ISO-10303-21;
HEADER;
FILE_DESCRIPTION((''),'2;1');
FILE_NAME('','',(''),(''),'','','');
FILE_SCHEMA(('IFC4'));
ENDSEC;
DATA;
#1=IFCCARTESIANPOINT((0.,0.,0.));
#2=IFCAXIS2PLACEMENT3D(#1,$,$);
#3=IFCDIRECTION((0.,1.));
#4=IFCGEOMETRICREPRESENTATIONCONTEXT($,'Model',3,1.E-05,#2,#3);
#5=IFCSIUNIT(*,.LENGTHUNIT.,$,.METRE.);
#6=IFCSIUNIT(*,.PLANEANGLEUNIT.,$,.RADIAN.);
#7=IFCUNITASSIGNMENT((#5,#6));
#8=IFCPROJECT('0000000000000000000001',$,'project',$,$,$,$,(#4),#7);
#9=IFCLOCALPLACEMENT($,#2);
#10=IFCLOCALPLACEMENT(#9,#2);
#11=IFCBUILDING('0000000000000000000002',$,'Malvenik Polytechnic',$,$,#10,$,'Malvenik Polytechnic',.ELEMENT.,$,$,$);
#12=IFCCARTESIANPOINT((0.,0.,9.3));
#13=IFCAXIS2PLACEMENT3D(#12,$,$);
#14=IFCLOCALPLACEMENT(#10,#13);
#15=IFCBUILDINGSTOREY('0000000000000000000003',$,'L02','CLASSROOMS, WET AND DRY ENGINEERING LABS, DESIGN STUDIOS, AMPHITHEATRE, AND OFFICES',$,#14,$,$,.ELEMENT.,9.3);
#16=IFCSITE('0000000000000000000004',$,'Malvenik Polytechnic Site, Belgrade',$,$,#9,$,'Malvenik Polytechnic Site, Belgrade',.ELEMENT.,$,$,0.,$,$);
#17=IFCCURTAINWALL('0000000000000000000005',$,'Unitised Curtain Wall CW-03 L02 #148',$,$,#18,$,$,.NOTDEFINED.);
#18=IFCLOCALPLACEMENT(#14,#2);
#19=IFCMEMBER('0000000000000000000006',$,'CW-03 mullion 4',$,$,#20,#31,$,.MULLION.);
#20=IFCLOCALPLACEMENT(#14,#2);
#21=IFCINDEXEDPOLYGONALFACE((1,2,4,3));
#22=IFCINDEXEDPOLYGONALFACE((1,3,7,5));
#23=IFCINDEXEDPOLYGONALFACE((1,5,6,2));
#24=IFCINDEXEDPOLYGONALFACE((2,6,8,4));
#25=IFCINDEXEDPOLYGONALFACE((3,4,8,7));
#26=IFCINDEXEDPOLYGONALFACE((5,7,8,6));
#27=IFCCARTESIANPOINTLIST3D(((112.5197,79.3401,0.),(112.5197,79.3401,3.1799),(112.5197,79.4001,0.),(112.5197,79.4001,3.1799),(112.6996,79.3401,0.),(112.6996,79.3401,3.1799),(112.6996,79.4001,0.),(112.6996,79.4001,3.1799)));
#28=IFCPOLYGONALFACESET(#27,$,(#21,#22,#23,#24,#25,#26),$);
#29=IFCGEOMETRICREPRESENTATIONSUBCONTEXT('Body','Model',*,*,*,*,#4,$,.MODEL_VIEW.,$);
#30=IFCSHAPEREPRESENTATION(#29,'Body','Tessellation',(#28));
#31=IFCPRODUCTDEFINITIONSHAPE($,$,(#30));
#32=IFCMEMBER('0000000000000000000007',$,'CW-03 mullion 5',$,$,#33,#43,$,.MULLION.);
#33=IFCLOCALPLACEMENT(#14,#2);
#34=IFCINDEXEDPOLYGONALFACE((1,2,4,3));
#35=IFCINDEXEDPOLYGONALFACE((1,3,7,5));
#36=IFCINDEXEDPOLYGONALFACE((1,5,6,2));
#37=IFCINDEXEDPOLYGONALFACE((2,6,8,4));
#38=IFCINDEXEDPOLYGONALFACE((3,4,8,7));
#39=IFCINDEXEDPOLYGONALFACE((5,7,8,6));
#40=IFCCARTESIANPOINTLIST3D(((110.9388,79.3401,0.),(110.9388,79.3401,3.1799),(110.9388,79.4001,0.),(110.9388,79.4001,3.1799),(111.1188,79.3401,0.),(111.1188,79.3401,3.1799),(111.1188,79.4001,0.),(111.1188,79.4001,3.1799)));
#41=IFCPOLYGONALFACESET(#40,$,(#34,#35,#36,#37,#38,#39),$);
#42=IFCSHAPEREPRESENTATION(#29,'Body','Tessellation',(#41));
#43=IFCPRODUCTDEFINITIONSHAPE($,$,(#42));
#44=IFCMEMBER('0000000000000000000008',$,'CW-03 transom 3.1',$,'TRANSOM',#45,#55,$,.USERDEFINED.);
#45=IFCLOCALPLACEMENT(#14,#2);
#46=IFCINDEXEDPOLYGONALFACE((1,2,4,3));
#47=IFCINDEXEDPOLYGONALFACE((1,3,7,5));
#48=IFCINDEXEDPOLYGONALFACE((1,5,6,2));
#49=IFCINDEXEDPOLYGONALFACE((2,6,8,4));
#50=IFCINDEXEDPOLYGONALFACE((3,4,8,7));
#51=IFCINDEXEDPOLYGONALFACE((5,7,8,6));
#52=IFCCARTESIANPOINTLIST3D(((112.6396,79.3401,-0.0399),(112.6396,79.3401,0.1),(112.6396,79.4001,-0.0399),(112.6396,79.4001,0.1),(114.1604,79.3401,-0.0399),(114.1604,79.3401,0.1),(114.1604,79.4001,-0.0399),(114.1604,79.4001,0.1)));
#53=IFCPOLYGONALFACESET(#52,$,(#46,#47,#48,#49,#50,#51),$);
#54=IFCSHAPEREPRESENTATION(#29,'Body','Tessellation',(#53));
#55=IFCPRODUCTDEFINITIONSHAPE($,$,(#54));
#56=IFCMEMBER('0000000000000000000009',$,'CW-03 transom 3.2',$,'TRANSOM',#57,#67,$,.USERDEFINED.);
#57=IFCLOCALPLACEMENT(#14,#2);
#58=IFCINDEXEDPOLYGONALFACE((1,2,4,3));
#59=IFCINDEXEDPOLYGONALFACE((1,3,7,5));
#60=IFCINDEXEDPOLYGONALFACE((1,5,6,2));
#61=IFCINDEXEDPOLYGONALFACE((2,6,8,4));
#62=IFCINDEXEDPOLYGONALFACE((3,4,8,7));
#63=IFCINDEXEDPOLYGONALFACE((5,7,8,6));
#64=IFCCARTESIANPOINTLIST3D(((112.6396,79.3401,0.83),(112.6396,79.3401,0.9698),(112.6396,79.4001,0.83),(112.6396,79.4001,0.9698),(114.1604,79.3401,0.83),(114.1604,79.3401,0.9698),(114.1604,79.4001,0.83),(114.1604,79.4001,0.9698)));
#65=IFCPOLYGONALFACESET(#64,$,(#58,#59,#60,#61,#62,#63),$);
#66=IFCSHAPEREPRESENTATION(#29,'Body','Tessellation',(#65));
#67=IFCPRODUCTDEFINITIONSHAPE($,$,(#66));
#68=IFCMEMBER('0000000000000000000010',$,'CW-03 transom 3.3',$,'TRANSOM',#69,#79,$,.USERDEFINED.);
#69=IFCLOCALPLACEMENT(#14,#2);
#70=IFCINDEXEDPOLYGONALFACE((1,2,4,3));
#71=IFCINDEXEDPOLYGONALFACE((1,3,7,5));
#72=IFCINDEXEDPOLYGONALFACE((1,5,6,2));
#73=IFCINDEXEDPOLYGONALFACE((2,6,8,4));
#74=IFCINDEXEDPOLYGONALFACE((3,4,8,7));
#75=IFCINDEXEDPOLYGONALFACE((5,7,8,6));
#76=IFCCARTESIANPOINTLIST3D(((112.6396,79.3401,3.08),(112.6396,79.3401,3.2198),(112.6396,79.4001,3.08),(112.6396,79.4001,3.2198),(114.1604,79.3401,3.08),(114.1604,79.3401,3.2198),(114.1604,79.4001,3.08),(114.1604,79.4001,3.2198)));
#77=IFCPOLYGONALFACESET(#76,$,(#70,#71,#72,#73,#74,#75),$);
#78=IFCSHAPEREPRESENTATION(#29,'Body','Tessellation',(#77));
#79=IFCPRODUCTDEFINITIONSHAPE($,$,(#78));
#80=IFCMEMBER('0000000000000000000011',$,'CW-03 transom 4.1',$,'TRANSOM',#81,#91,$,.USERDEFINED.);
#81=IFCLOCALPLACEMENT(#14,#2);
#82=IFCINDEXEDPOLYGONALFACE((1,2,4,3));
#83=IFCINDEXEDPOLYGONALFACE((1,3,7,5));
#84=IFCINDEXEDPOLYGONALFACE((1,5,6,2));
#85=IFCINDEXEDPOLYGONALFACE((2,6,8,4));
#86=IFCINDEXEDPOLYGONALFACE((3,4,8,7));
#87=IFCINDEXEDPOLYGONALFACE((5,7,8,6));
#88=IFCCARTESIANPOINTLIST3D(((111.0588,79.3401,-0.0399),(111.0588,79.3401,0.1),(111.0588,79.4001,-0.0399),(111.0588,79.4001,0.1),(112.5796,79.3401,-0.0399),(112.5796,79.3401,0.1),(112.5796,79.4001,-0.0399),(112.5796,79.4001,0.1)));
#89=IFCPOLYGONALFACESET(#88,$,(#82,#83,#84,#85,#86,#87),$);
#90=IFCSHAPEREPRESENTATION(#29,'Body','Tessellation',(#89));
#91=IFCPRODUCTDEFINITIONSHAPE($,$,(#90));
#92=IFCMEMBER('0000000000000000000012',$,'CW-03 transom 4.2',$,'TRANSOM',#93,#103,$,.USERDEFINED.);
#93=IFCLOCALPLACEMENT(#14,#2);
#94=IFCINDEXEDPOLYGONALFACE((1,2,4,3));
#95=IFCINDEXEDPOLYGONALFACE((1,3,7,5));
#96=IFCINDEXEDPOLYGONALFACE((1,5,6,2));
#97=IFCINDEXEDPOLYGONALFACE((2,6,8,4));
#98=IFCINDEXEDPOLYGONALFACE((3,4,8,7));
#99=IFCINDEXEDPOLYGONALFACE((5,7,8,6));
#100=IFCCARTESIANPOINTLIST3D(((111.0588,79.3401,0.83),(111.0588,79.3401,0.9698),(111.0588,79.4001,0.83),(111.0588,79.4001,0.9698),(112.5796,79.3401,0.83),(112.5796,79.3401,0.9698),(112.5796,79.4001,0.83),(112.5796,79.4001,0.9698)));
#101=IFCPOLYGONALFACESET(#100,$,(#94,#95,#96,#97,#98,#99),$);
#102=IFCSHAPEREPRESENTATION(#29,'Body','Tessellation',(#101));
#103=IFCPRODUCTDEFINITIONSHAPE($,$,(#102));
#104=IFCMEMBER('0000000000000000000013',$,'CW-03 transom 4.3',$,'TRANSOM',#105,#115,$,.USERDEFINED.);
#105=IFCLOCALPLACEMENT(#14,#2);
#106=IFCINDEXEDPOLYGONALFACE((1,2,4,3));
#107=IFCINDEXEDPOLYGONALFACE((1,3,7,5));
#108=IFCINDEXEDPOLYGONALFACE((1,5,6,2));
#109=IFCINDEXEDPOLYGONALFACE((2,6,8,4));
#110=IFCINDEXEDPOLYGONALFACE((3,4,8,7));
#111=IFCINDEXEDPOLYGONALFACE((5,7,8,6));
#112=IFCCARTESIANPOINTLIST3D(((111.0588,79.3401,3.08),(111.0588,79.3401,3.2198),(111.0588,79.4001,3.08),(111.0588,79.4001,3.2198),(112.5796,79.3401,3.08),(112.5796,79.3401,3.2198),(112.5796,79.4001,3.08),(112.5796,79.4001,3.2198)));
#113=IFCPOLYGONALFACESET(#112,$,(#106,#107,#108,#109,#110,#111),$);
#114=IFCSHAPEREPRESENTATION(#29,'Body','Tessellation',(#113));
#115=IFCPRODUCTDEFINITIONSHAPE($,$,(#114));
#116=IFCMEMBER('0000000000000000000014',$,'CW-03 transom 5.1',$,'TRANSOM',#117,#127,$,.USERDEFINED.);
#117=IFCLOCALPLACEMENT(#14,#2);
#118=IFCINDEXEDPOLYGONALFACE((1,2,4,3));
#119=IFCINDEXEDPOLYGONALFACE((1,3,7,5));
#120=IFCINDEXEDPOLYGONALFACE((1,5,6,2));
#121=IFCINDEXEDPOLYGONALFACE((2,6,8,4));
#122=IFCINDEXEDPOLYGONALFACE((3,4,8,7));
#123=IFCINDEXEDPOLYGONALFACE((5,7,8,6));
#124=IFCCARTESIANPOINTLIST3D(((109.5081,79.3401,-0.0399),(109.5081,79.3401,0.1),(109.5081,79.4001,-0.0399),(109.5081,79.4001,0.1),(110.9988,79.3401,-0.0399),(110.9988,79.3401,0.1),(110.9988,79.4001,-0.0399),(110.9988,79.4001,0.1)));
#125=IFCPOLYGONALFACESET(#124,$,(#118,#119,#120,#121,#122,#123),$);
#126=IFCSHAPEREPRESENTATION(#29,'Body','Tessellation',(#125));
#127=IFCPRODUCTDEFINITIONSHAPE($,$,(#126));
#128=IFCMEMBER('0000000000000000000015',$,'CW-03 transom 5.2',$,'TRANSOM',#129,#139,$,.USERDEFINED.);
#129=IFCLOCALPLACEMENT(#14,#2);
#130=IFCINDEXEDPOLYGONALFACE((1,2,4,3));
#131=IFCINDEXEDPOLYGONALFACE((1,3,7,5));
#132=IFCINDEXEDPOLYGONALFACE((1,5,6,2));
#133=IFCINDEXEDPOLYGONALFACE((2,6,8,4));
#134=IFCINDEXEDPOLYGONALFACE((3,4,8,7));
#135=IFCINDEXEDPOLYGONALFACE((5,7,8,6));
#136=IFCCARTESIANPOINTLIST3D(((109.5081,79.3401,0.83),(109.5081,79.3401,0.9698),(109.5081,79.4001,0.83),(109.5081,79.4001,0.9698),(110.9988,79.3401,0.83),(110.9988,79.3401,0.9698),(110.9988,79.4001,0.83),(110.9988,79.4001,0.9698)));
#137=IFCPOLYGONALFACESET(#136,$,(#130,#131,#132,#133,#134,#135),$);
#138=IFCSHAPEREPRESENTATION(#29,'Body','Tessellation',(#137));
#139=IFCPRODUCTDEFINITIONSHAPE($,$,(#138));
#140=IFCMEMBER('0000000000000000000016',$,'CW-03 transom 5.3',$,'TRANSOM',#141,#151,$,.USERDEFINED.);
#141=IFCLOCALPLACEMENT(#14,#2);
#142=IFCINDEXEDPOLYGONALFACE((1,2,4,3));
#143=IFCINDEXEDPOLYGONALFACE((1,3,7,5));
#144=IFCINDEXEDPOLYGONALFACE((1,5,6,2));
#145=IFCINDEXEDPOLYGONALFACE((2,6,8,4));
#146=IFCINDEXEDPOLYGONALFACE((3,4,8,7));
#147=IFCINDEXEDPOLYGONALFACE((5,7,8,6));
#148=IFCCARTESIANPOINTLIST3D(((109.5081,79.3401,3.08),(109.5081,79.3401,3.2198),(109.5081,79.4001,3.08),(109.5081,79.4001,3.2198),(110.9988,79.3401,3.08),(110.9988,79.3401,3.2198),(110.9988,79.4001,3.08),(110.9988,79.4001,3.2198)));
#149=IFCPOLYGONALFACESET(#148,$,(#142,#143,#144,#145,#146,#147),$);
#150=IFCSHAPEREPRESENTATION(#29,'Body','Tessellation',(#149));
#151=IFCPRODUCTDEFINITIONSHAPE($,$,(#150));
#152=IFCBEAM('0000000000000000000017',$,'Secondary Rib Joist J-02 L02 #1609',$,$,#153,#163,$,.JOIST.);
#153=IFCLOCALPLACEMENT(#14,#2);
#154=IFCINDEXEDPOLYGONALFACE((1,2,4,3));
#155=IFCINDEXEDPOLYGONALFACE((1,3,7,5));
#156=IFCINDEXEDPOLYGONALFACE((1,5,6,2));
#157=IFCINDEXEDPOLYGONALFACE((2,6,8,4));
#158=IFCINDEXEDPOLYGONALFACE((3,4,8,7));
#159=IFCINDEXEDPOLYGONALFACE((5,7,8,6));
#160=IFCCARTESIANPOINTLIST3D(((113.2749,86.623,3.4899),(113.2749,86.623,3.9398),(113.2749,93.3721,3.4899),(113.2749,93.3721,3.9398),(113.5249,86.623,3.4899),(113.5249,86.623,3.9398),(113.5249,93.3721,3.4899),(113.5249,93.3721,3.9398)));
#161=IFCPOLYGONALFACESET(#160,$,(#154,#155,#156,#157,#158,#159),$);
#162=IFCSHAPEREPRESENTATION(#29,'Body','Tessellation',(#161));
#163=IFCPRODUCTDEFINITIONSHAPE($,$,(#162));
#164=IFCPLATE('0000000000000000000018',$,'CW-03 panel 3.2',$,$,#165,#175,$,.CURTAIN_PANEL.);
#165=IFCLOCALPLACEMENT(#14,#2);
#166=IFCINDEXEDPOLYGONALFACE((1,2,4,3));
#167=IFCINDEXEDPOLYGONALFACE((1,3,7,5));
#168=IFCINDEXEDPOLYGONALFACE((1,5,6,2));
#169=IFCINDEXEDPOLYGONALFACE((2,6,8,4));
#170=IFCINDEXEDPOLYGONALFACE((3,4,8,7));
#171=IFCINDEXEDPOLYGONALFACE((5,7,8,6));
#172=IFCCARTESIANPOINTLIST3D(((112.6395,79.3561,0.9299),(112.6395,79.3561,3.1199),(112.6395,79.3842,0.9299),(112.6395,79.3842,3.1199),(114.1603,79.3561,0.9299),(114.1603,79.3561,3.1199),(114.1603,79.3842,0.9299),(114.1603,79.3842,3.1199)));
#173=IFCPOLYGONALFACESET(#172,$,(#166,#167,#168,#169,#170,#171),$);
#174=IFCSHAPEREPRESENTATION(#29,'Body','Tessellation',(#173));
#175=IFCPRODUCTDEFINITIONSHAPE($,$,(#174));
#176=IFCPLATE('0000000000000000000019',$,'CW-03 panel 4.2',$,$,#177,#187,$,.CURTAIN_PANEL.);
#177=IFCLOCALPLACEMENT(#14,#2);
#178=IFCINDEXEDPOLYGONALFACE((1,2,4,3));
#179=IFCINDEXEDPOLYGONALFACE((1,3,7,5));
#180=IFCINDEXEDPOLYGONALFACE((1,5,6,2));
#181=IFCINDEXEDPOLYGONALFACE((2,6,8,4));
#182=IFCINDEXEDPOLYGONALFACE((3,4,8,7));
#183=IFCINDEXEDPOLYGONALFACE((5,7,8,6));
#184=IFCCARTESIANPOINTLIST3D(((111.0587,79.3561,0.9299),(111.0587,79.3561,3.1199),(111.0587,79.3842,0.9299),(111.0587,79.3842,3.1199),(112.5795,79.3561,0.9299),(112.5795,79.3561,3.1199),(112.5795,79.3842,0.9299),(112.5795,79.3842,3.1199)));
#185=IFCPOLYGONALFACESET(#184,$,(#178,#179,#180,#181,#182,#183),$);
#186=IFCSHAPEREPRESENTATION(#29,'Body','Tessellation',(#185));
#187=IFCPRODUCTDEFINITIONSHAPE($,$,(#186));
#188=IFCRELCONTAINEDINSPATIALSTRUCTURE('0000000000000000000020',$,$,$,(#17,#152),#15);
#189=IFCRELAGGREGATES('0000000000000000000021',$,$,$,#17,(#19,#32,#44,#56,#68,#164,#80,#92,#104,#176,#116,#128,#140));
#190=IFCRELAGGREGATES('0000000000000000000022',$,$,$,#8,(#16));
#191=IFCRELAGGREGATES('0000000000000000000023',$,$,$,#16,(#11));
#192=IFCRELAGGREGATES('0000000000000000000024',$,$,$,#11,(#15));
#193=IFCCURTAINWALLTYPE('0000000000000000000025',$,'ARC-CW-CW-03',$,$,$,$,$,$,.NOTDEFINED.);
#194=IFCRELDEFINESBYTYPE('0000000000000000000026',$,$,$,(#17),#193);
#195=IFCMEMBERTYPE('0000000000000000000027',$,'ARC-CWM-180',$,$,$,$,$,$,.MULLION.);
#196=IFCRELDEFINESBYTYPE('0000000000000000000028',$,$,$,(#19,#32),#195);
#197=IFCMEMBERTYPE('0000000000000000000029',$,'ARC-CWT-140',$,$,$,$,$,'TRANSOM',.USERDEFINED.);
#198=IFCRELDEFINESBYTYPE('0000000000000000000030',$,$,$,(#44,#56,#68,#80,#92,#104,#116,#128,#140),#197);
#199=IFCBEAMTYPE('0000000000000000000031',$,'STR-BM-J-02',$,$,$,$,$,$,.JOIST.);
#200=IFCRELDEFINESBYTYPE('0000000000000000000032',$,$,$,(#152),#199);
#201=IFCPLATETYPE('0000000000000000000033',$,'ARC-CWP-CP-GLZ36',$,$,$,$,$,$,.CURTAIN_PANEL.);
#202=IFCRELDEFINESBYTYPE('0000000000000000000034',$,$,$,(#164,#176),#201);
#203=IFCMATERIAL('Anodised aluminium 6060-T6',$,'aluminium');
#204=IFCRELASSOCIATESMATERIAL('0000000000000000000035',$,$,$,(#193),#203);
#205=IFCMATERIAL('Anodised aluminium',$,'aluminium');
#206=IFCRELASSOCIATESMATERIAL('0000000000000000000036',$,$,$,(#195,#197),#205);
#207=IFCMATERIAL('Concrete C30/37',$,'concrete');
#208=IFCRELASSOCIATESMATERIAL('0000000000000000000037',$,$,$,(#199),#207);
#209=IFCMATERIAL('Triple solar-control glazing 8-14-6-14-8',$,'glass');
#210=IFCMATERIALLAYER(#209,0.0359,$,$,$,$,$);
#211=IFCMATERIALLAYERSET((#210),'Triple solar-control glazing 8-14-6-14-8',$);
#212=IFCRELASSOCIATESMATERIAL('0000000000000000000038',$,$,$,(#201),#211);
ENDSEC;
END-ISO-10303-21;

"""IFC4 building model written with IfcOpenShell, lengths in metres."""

from ifc_helpers import new_model, si_unit, direction, frame, origin, origin_2d, place, context, subcontext, project, spatial, rectangle, extrude, material, layer, layer_set, material_profile, profile_set, type_object, element, aggregate, save


model = new_model("IFC4")

# Units and contexts
model_context = context("Model", 3, precision=1e-05, world=origin(), true_north=direction((0.0, 1.0)))
body_context = subcontext(model_context, "Body", "Model", "MODEL_VIEW")
ifc_project = project(units=[si_unit("LENGTHUNIT", "METRE"), si_unit("PLANEANGLEUNIT", "RADIAN")], contexts=[model_context])

# Site, building, storey
site_placement = place(None, origin())
site = spatial("IfcSite", under=ifc_project, at=site_placement, Name="Malvenik Polytechnic Site, Belgrade", LongName="Malvenik Polytechnic Site, Belgrade", CompositionType="ELEMENT", RefElevation=0.0)
building_placement = place(site_placement, origin())
building = spatial("IfcBuilding", under=site, at=building_placement, Name="Malvenik Polytechnic", LongName="Malvenik Polytechnic", CompositionType="ELEMENT")
storey_placement = place(building_placement, frame((0.0, 0.0, 9.3)))
storey = spatial("IfcBuildingStorey", under=building, at=storey_placement, Name="L02", Description="CLASSROOMS, WET AND DRY ENGINEERING LABS, DESIGN STUDIOS, AMPHITHEATRE, AND OFFICES", CompositionType="ELEMENT", Elevation=9.3)

# Curtain wall, members
ifc_material_1 = material(Name="Anodised aluminium 6060-T6", Category="aluminium")
curtain_wall_type = type_object("IfcCurtainWallType", Name="ARC-CW-CW-03", PredefinedType="NOTDEFINED", material=ifc_material_1)
curtain_wall_placement = place(storey_placement, origin())
curtain_wall = element("IfcCurtainWall", 1, at=curtain_wall_placement, inside=storey, type_object=curtain_wall_type, Name="Unitised Curtain Wall CW-03 L02 #148", PredefinedType="NOTDEFINED")
ifc_material_2 = material(Name="Anodised aluminium", Category="aluminium")
ifc_material_profile_1 = material_profile(ifc_material_2, rectangle(XDim=0.0601, YDim=0.1799, at=origin_2d()), Name="ALU MULLION 60x180")
ifc_profile_set_1 = profile_set([ifc_material_profile_1], Name="Anodised aluminium")
member_type_1 = type_object("IfcMemberType", Name="ARC-CWM-180", PredefinedType="MULLION", material=ifc_profile_set_1)
member_1_placement = place(storey_placement, frame((112.6096, 79.3701, 0.0), z_axis=(0.0, 0.0, 1.0), x_axis=(0.0, -1.0, 0.0)))
member_1 = element("IfcMember", 2, at=member_1_placement, type_object=member_type_1, Name="CW-03 mullion 4", PredefinedType="MULLION", context=body_context, shape_type="SweptSolid", body=[
    extrude(rectangle(XDim=0.0601, YDim=0.1799, at=origin_2d()), origin(), (0.0, 0.0, 1.0), 3.1799),
])
member_2_placement = place(storey_placement, frame((111.0288, 79.3701, 0.0), z_axis=(0.0, 0.0, 1.0), x_axis=(0.0, -1.0, 0.0)))
member_2 = element("IfcMember", 3, at=member_2_placement, type_object=member_type_1, Name="CW-03 mullion 5", PredefinedType="MULLION", context=body_context, shape_type="SweptSolid", body=[
    extrude(rectangle(XDim=0.0601, YDim=0.1799, at=origin_2d()), origin(), (0.0, 0.0, 1.0), 3.1799),
])
ifc_material_profile_2 = material_profile(ifc_material_2, rectangle(XDim=0.0601, YDim=0.1399, at=origin_2d()), Name="ALU TRANSOM 60x140")
ifc_profile_set_2 = profile_set([ifc_material_profile_2], Name="Anodised aluminium")
member_type_2 = type_object("IfcMemberType", Name="ARC-CWT-140", ElementType="TRANSOM", PredefinedType="USERDEFINED", material=ifc_profile_set_2)
member_3_placement = place(storey_placement, frame((114.1604, 79.3701, 0.03), z_axis=(-1.0, 0.0, 0.0), x_axis=(0.0, -1.0, 0.0)))
member_3 = element("IfcMember", 4, at=member_3_placement, type_object=member_type_2, Name="CW-03 transom 3.1", ObjectType="TRANSOM", PredefinedType="USERDEFINED", context=body_context, shape_type="SweptSolid", body=[
    extrude(rectangle(XDim=0.0601, YDim=0.1399, at=origin_2d()), origin(), (0.0, 0.0, 1.0), 1.5208),
])
member_4_placement = place(storey_placement, frame((114.1604, 79.3701, 0.8999), z_axis=(-1.0, 0.0, 0.0), x_axis=(0.0, -1.0, 0.0)))
member_4 = element("IfcMember", 5, at=member_4_placement, type_object=member_type_2, Name="CW-03 transom 3.2", ObjectType="TRANSOM", PredefinedType="USERDEFINED", context=body_context, shape_type="SweptSolid", body=[
    extrude(rectangle(XDim=0.0601, YDim=0.1399, at=origin_2d()), origin(), (0.0, 0.0, 1.0), 1.5208),
])
member_5_placement = place(storey_placement, frame((114.1604, 79.3701, 3.1499), z_axis=(-1.0, 0.0, 0.0), x_axis=(0.0, -1.0, 0.0)))
member_5 = element("IfcMember", 6, at=member_5_placement, type_object=member_type_2, Name="CW-03 transom 3.3", ObjectType="TRANSOM", PredefinedType="USERDEFINED", context=body_context, shape_type="SweptSolid", body=[
    extrude(rectangle(XDim=0.0601, YDim=0.1399, at=origin_2d()), origin(), (0.0, 0.0, 1.0), 1.5208),
])
member_6_placement = place(storey_placement, frame((112.5796, 79.3701, 0.03), z_axis=(-1.0, 0.0, 0.0), x_axis=(0.0, -1.0, 0.0)))
member_6 = element("IfcMember", 7, at=member_6_placement, type_object=member_type_2, Name="CW-03 transom 4.1", ObjectType="TRANSOM", PredefinedType="USERDEFINED", context=body_context, shape_type="SweptSolid", body=[
    extrude(rectangle(XDim=0.0601, YDim=0.1399, at=origin_2d()), origin(), (0.0, 0.0, 1.0), 1.5208),
])
member_7_placement = place(storey_placement, frame((112.5796, 79.3701, 0.8999), z_axis=(-1.0, 0.0, 0.0), x_axis=(0.0, -1.0, 0.0)))
member_7 = element("IfcMember", 8, at=member_7_placement, type_object=member_type_2, Name="CW-03 transom 4.2", ObjectType="TRANSOM", PredefinedType="USERDEFINED", context=body_context, shape_type="SweptSolid", body=[
    extrude(rectangle(XDim=0.0601, YDim=0.1399, at=origin_2d()), origin(), (0.0, 0.0, 1.0), 1.5208),
])
member_8_placement = place(storey_placement, frame((112.5796, 79.3701, 3.1499), z_axis=(-1.0, 0.0, 0.0), x_axis=(0.0, -1.0, 0.0)))
member_8 = element("IfcMember", 9, at=member_8_placement, type_object=member_type_2, Name="CW-03 transom 4.3", ObjectType="TRANSOM", PredefinedType="USERDEFINED", context=body_context, shape_type="SweptSolid", body=[
    extrude(rectangle(XDim=0.0601, YDim=0.1399, at=origin_2d()), origin(), (0.0, 0.0, 1.0), 1.5208),
])
member_9_placement = place(storey_placement, frame((110.9988, 79.3701, 0.03), z_axis=(-1.0, 0.0, 0.0), x_axis=(0.0, -1.0, 0.0)))
member_9 = element("IfcMember", 10, at=member_9_placement, type_object=member_type_2, Name="CW-03 transom 5.1", ObjectType="TRANSOM", PredefinedType="USERDEFINED", context=body_context, shape_type="SweptSolid", body=[
    extrude(rectangle(XDim=0.0601, YDim=0.1399, at=origin_2d()), origin(), (0.0, 0.0, 1.0), 1.4907),
])
member_10_placement = place(storey_placement, frame((110.9988, 79.3701, 0.8999), z_axis=(-1.0, 0.0, 0.0), x_axis=(0.0, -1.0, 0.0)))
member_10 = element("IfcMember", 11, at=member_10_placement, type_object=member_type_2, Name="CW-03 transom 5.2", ObjectType="TRANSOM", PredefinedType="USERDEFINED", context=body_context, shape_type="SweptSolid", body=[
    extrude(rectangle(XDim=0.0601, YDim=0.1399, at=origin_2d()), origin(), (0.0, 0.0, 1.0), 1.4907),
])
member_11_placement = place(storey_placement, frame((110.9988, 79.3701, 3.1499), z_axis=(-1.0, 0.0, 0.0), x_axis=(0.0, -1.0, 0.0)))
member_11 = element("IfcMember", 12, at=member_11_placement, type_object=member_type_2, Name="CW-03 transom 5.3", ObjectType="TRANSOM", PredefinedType="USERDEFINED", context=body_context, shape_type="SweptSolid", body=[
    extrude(rectangle(XDim=0.0601, YDim=0.1399, at=origin_2d()), origin(), (0.0, 0.0, 1.0), 1.4907),
])

# Beam
ifc_material_3 = material(Name="Concrete C30/37", Category="concrete")
ifc_material_profile_3 = material_profile(ifc_material_3, rectangle(XDim=0.25, YDim=0.45, at=origin_2d()), Name="RC JST 250x450")
ifc_profile_set_3 = profile_set([ifc_material_profile_3], Name="Concrete C30/37")
beam_type = type_object("IfcBeamType", Name="STR-BM-J-02", PredefinedType="JOIST", material=ifc_profile_set_3)
beam_placement = place(storey_placement, frame((113.3999, 86.623, 3.7148), z_axis=(0.0, 1.0, 0.0), x_axis=(-1.0, 0.0, 0.0)))
element("IfcBeam", 13, at=beam_placement, inside=storey, type_object=beam_type, Name="Secondary Rib Joist J-02 L02 #1609", PredefinedType="JOIST", context=body_context, shape_type="SweptSolid", body=[
    extrude(rectangle(XDim=0.25, YDim=0.45, at=origin_2d()), origin(), (0.0, 0.0, 1.0), 6.749),
])

# Plates
ifc_material_4 = material(Name="Triple solar-control glazing 8-14-6-14-8", Category="glass")
ifc_layer_1 = layer(ifc_material_4, 0.0359)
ifc_layer_set_1 = layer_set([ifc_layer_1], Name="Triple solar-control glazing 8-14-6-14-8")
plate_type_1 = type_object("IfcPlateType", Name="ARC-CWP-CP-GLZ36", PredefinedType="CURTAIN_PANEL", material=ifc_layer_set_1)
plate_1_placement = place(storey_placement, frame((113.3999, 79.3701, 0.9299), z_axis=(0.0, 0.0, 1.0), x_axis=(-1.0, 0.0, 0.0)))
plate_1 = element("IfcPlate", 14, at=plate_1_placement, type_object=plate_type_1, Name="CW-03 panel 3.2", PredefinedType="CURTAIN_PANEL", context=body_context, shape_type="SweptSolid", body=[
    extrude(rectangle(XDim=1.5208, YDim=0.0281, at=origin_2d()), origin(), (0.0, 0.0, 1.0), 2.1899),
])
plate_2_placement = place(storey_placement, frame((111.8191, 79.3701, 0.9299), z_axis=(0.0, 0.0, 1.0), x_axis=(-1.0, 0.0, 0.0)))
plate_2 = element("IfcPlate", 15, at=plate_2_placement, type_object=plate_type_1, Name="CW-03 panel 4.2", PredefinedType="CURTAIN_PANEL", context=body_context, shape_type="SweptSolid", body=[
    extrude(rectangle(XDim=1.5208, YDim=0.0281, at=origin_2d()), origin(), (0.0, 0.0, 1.0), 2.1899),
])
aggregate(curtain_wall, [member_1, member_2, member_3, member_4, member_5, plate_1, member_6, member_7, member_8, plate_2, member_9, member_10, member_11])

save(model, "model.ifc")
